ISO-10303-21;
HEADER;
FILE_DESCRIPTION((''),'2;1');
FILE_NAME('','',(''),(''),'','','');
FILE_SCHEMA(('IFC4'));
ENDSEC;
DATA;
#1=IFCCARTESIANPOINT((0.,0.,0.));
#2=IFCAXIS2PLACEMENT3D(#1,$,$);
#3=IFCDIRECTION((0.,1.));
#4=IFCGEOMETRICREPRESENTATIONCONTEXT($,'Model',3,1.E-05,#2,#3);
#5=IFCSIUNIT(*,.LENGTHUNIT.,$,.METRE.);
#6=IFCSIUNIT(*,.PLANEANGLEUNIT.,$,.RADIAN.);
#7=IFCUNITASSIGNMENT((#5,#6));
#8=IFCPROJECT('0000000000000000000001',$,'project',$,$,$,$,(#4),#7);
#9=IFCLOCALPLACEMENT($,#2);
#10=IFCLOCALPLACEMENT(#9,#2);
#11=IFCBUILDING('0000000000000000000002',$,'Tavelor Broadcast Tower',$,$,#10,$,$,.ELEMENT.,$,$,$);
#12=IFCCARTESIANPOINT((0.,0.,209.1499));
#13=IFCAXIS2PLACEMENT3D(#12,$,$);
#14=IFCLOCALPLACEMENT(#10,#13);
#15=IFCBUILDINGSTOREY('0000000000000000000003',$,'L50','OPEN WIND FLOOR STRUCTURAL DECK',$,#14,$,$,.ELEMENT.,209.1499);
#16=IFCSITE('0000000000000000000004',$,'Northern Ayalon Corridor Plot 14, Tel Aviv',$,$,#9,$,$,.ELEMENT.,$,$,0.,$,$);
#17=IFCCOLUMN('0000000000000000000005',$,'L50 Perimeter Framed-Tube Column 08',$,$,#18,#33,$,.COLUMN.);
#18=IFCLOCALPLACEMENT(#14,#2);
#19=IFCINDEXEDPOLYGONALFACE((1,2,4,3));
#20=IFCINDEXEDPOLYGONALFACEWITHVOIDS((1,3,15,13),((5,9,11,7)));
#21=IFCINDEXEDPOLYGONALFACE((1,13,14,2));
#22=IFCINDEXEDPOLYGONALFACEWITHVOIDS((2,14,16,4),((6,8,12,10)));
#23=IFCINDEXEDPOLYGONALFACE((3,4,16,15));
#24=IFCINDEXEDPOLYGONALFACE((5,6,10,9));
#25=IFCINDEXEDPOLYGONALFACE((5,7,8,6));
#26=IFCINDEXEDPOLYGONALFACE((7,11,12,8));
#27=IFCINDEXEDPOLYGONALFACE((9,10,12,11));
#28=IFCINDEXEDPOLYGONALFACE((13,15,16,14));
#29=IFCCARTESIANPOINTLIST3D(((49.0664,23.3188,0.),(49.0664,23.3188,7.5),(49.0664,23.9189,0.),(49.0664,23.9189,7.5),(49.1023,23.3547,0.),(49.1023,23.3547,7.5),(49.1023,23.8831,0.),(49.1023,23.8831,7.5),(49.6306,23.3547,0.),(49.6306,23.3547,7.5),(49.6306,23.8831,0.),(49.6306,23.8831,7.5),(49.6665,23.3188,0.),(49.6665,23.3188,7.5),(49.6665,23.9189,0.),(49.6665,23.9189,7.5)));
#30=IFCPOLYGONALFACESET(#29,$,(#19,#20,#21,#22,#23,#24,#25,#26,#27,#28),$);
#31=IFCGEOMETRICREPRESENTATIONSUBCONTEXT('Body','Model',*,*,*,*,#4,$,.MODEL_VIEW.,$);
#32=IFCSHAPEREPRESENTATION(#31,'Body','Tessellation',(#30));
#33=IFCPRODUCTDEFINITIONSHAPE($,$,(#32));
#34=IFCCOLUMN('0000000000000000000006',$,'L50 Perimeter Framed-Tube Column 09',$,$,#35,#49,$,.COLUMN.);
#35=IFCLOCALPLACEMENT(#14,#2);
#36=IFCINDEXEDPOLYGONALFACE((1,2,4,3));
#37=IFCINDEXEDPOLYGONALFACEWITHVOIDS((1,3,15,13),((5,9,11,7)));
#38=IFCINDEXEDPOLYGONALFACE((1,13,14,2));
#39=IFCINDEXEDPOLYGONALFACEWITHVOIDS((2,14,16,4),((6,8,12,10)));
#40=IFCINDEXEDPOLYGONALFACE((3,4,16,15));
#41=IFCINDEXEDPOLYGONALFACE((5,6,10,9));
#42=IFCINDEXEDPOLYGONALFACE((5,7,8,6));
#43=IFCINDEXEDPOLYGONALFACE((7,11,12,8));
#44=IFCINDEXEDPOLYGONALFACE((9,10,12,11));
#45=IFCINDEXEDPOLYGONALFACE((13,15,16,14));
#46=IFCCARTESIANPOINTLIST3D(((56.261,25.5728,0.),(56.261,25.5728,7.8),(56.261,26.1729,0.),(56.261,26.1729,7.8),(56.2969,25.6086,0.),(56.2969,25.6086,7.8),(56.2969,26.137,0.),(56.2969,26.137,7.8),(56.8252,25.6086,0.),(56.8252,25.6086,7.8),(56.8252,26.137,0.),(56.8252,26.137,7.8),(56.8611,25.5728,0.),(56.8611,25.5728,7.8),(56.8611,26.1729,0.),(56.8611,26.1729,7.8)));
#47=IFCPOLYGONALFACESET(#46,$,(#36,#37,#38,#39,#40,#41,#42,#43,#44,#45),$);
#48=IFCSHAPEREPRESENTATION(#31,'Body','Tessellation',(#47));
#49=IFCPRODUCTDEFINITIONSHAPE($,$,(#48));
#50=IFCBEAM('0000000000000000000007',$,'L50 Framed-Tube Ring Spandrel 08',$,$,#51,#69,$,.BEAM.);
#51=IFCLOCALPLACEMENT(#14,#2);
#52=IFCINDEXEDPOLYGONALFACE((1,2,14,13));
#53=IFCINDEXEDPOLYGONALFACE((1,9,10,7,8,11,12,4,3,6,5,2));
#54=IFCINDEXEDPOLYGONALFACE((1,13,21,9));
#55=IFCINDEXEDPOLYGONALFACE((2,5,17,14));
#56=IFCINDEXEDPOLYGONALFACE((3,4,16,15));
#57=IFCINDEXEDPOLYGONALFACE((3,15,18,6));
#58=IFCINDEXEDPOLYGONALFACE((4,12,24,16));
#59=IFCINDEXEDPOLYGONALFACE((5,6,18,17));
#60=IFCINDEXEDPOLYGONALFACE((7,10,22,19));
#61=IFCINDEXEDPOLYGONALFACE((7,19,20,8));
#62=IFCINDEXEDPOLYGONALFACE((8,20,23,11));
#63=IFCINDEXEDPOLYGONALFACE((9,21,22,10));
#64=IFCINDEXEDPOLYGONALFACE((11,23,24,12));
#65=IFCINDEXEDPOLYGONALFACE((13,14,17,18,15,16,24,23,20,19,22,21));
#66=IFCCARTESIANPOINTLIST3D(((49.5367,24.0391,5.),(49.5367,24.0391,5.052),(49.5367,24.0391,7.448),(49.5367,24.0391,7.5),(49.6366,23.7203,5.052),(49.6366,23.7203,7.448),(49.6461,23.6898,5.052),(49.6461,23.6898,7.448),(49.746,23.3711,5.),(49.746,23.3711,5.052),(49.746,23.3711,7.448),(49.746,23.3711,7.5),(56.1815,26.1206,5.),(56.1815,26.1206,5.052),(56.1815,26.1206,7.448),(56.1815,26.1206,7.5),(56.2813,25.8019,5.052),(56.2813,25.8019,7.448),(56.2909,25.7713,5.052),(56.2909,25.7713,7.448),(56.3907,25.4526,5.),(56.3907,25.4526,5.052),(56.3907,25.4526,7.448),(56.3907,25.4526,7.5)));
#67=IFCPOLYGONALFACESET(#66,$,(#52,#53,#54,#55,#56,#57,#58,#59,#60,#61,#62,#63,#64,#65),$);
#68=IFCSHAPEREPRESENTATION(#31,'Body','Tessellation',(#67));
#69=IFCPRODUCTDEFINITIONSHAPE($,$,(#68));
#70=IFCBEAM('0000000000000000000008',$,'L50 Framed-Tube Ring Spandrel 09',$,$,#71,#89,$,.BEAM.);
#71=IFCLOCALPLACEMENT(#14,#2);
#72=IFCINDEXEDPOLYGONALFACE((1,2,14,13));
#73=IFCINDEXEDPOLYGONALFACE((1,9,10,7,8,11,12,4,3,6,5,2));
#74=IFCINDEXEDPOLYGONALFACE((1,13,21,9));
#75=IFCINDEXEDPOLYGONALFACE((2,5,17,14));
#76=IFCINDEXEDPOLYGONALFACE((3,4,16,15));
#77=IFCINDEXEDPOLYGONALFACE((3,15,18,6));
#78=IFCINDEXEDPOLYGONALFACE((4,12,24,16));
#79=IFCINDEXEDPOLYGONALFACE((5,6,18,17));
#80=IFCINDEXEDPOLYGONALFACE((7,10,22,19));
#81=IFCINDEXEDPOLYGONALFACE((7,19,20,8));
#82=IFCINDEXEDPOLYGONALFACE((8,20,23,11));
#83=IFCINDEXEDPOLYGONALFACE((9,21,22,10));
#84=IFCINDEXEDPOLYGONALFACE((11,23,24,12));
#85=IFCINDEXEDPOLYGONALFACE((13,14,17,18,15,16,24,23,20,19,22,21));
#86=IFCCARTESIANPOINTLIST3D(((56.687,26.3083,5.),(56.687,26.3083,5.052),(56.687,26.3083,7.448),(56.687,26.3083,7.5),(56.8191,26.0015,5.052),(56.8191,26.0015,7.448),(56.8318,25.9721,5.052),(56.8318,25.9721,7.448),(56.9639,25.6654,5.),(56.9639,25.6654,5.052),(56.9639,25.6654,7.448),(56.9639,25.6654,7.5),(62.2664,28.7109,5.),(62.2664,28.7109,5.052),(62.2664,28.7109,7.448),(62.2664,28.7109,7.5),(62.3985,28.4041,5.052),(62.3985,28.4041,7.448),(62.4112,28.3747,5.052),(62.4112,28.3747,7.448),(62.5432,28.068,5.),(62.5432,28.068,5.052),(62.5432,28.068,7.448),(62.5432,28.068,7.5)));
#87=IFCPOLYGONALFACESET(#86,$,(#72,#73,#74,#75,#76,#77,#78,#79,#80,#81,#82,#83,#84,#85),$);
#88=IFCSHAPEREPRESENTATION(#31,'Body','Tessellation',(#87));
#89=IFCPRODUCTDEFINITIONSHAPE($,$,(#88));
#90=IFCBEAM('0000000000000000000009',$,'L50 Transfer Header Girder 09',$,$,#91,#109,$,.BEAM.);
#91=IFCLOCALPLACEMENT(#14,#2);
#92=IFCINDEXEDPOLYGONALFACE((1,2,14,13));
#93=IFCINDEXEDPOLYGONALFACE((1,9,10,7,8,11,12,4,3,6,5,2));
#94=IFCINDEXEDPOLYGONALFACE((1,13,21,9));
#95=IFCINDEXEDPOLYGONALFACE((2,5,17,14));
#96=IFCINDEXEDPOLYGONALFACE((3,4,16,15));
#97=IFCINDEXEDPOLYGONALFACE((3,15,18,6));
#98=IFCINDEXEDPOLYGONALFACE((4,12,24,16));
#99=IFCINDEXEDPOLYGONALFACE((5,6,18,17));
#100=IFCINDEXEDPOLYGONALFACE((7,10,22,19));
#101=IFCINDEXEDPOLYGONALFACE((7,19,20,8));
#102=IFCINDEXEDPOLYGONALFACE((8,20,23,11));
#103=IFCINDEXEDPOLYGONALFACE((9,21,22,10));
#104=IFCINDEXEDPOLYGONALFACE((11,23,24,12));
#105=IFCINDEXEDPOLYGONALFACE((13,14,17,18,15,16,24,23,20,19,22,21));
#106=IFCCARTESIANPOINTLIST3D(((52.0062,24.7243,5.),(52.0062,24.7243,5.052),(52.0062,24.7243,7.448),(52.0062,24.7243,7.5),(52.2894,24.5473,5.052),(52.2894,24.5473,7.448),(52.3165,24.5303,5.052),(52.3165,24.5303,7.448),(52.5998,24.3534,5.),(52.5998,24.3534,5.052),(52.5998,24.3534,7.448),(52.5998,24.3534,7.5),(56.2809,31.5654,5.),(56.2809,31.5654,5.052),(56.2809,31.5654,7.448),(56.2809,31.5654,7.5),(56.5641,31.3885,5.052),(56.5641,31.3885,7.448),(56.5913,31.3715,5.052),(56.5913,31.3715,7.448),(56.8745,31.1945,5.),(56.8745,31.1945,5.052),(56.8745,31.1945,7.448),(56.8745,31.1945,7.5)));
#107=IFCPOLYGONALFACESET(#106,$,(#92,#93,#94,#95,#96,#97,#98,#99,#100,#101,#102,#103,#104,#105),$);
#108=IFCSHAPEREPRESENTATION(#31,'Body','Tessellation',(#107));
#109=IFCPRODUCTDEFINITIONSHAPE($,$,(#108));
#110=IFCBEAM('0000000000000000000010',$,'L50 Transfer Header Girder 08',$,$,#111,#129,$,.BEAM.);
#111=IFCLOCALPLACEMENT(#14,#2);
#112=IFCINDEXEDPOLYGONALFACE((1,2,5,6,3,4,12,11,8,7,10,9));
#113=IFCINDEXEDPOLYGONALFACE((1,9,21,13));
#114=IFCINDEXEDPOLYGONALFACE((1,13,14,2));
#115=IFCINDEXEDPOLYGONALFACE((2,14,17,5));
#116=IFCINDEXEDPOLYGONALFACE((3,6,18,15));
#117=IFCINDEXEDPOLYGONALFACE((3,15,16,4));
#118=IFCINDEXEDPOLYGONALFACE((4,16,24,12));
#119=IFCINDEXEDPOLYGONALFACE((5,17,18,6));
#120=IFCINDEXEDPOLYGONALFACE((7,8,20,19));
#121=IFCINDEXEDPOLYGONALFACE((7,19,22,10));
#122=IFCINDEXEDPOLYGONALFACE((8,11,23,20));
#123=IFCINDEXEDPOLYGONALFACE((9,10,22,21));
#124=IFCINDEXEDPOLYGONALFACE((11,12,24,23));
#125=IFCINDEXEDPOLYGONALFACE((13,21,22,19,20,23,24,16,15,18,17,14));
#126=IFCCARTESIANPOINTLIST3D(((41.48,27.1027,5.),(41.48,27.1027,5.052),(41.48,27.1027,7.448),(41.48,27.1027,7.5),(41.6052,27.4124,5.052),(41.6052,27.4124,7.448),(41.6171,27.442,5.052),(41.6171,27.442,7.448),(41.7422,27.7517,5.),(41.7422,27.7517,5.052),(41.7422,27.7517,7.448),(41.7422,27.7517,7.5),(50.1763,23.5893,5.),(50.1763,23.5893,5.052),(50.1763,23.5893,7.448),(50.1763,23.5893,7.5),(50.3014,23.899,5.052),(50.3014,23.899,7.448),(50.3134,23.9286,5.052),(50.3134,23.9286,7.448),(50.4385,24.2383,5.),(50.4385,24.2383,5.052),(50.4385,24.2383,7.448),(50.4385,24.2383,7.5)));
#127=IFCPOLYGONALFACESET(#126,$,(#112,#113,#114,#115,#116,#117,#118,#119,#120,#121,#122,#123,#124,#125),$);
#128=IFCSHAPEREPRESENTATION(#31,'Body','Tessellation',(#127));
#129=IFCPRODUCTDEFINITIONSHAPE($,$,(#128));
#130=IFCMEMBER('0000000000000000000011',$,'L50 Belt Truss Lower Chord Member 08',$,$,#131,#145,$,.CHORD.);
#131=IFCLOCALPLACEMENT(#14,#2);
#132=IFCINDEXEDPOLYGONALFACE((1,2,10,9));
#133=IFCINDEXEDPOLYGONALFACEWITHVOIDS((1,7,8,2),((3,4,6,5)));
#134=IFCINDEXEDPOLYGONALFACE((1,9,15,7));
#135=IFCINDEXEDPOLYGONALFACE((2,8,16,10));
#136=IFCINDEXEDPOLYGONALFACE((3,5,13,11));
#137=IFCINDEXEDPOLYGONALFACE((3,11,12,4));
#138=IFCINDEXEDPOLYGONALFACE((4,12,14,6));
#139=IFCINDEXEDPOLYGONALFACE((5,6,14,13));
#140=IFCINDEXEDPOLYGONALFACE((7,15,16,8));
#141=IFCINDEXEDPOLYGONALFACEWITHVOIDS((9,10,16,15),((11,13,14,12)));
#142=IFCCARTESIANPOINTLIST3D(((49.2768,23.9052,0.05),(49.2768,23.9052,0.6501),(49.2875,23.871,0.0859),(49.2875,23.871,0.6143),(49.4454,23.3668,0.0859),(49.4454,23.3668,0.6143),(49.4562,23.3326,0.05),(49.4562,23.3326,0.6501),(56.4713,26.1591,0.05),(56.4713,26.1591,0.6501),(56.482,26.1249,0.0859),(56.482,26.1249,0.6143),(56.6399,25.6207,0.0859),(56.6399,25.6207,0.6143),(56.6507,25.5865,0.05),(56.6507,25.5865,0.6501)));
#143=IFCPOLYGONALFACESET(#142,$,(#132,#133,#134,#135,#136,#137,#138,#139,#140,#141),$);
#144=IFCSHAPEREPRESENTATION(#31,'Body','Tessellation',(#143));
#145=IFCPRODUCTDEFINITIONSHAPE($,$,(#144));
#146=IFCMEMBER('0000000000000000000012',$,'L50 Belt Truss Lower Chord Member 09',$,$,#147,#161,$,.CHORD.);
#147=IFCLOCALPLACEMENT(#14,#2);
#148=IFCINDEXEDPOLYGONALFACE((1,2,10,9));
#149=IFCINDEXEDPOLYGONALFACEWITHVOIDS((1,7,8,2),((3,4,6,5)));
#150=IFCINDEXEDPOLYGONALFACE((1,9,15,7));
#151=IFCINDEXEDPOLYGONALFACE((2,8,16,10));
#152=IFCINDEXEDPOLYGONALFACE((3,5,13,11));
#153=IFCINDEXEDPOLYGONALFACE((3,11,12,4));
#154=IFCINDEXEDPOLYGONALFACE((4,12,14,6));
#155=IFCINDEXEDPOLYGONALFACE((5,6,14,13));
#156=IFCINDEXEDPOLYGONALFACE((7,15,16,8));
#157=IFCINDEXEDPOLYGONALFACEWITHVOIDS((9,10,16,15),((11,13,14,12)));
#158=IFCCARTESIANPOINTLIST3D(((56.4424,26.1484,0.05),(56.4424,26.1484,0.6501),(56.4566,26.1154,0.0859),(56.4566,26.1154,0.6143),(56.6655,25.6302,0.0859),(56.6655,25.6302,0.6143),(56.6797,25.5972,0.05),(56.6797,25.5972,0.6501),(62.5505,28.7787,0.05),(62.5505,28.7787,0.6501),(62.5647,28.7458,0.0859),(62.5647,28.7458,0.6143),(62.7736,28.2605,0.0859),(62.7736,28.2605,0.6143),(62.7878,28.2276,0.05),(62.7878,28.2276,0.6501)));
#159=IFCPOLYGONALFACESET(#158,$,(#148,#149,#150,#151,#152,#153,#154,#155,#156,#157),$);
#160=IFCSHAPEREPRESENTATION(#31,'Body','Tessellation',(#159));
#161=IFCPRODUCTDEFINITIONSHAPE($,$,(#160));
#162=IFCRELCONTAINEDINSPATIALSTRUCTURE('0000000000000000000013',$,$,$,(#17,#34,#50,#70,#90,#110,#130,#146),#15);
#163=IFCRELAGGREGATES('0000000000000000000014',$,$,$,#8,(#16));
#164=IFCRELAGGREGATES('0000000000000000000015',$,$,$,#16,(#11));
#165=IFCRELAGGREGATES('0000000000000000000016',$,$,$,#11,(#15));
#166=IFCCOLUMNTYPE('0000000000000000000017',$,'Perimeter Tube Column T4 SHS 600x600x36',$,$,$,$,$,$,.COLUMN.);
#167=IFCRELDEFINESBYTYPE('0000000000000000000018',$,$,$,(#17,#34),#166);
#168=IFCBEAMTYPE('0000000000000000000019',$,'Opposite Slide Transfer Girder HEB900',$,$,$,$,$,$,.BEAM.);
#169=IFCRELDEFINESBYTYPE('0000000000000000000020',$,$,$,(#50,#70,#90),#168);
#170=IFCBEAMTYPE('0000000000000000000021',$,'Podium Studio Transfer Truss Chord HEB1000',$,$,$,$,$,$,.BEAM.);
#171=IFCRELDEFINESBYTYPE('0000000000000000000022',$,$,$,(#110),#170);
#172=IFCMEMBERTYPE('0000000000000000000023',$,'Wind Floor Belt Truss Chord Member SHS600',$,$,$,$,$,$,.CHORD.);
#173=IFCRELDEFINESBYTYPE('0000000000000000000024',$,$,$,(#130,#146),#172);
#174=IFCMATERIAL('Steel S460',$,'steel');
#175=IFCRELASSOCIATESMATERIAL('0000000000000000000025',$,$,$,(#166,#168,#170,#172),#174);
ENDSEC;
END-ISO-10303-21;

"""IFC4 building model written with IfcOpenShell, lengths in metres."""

from ifc_helpers import new_model, si_unit, direction, frame, origin, origin_2d, place, context, subcontext, project, spatial, hollow_rectangle, i_section, extrude, material, material_profile, profile_set, type_object, element, save


model = new_model("IFC4")

# Units and contexts
model_context = context("Model", 3, precision=1e-05, world=origin(), true_north=direction((0.0, 1.0)))
body_context = subcontext(model_context, "Body", "Model", "MODEL_VIEW")
ifc_project = project(units=[si_unit("LENGTHUNIT", "METRE"), si_unit("PLANEANGLEUNIT", "RADIAN")], contexts=[model_context])

# Site, building, storey
site_placement = place(None, origin())
site = spatial("IfcSite", under=ifc_project, at=site_placement, Name="Northern Ayalon Corridor Plot 14, Tel Aviv", CompositionType="ELEMENT", RefElevation=0.0)
building_placement = place(site_placement, origin())
building = spatial("IfcBuilding", under=site, at=building_placement, Name="Tavelor Broadcast Tower", CompositionType="ELEMENT")
storey_placement = place(building_placement, frame((0.0, 0.0, 209.1499)))
storey = spatial("IfcBuildingStorey", under=building, at=storey_placement, Name="L50", Description="OPEN WIND FLOOR STRUCTURAL DECK", CompositionType="ELEMENT", Elevation=209.1499)

# Columns
ifc_material_1 = material(Name="Steel S460", Category="steel")
ifc_material_profile_1 = material_profile(ifc_material_1, hollow_rectangle(XDim=0.6001, YDim=0.6001, WallThickness=0.0359, at=origin_2d()), Name="SHS 600x600x36")
ifc_profile_set_1 = profile_set([ifc_material_profile_1], Name="Steel S460")
column_type = type_object("IfcColumnType", Name="Perimeter Tube Column T4 SHS 600x600x36", PredefinedType="COLUMN", material=ifc_profile_set_1)
column_1_placement = place(storey_placement, frame((49.3665, 23.6189, 0.0), z_axis=(0.0, 0.0, 1.0), x_axis=(1.0, 0.0, 0.0)))
element("IfcColumn", 1, at=column_1_placement, inside=storey, type_object=column_type, Name="L50 Perimeter Framed-Tube Column 08", PredefinedType="COLUMN", context=body_context, shape_type="SweptSolid", body=[
    extrude(hollow_rectangle(XDim=0.6001, YDim=0.6001, WallThickness=0.0359, at=origin_2d()), origin(), (0.0, 0.0, 1.0), 7.5),
])
column_2_placement = place(storey_placement, frame((56.561, 25.8728, 0.0), z_axis=(0.0, 0.0, 1.0), x_axis=(1.0, 0.0, 0.0)))
element("IfcColumn", 2, at=column_2_placement, inside=storey, type_object=column_type, Name="L50 Perimeter Framed-Tube Column 09", PredefinedType="COLUMN", context=body_context, shape_type="SweptSolid", body=[
    extrude(hollow_rectangle(XDim=0.6001, YDim=0.6001, WallThickness=0.0359, at=origin_2d()), origin(), (0.0, 0.0, 1.0), 7.8),
])

# Beams
ifc_material_profile_2 = material_profile(ifc_material_1, i_section(OverallWidth=0.7, OverallDepth=2.5, WebThickness=0.032, FlangeThickness=0.052, at=origin_2d()), Name="PG 2500x700")
ifc_profile_set_2 = profile_set([ifc_material_profile_2], Name="Steel S460")
beam_type_1 = type_object("IfcBeamType", Name="Opposite Slide Transfer Girder HEB900", PredefinedType="BEAM", material=ifc_profile_set_2)
beam_1_placement = place(storey_placement, frame((49.6414, 23.7051, 6.25), z_axis=(0.954273, 0.298936, 0.0), x_axis=(-0.298936, 0.954273, 0.0)))
element("IfcBeam", 3, at=beam_1_placement, inside=storey, type_object=beam_type_1, Name="L50 Framed-Tube Ring Spandrel 08", PredefinedType="BEAM", context=body_context, shape_type="SweptSolid", body=[
    extrude(i_section(OverallWidth=0.7, OverallDepth=2.5, WebThickness=0.032, FlangeThickness=0.052, at=origin_2d()), origin(), (0.0, 0.0, 1.0), 6.9631),
])
beam_2_placement = place(storey_placement, frame((56.8254, 25.9868, 6.25), z_axis=(0.918462, 0.39551, 0.0), x_axis=(-0.39551, 0.918462, 0.0)))
element("IfcBeam", 4, at=beam_2_placement, inside=storey, type_object=beam_type_1, Name="L50 Framed-Tube Ring Spandrel 09", PredefinedType="BEAM", context=body_context, shape_type="SweptSolid", body=[
    extrude(i_section(OverallWidth=0.7, OverallDepth=2.5, WebThickness=0.032, FlangeThickness=0.052, at=origin_2d()), origin(), (0.0, 0.0, 1.0), 6.0747),
])
beam_3_placement = place(storey_placement, frame((52.303, 24.5388, 6.25), z_axis=(0.529909, 0.848054, 0.0), x_axis=(-0.848054, 0.529909, 0.0)))
element("IfcBeam", 5, at=beam_3_placement, inside=storey, type_object=beam_type_1, Name="L50 Transfer Header Girder 09", PredefinedType="BEAM", context=body_context, shape_type="SweptSolid", body=[
    extrude(i_section(OverallWidth=0.7, OverallDepth=2.5, WebThickness=0.032, FlangeThickness=0.052, at=origin_2d()), origin(), (0.0, 0.0, 1.0), 8.0669),
])
ifc_material_profile_3 = material_profile(ifc_material_1, i_section(OverallWidth=0.7, OverallDepth=2.5, WebThickness=0.032, FlangeThickness=0.052, at=origin_2d()), Name="PG 2500x700")
ifc_profile_set_3 = profile_set([ifc_material_profile_3], Name="Steel S460")
beam_type_2 = type_object("IfcBeamType", Name="Podium Studio Transfer Truss Chord HEB1000", PredefinedType="BEAM", material=ifc_profile_set_3)
beam_4_placement = place(storey_placement, frame((50.3074, 23.9138, 6.25), z_axis=(-0.927188, 0.374597, 0.0), x_axis=(-0.374597, -0.927188, 0.0)))
element("IfcBeam", 6, at=beam_4_placement, inside=storey, type_object=beam_type_2, Name="L50 Transfer Header Girder 08", PredefinedType="BEAM", context=body_context, shape_type="SweptSolid", body=[
    extrude(i_section(OverallWidth=0.7, OverallDepth=2.5, WebThickness=0.032, FlangeThickness=0.052, at=origin_2d()), origin(), (0.0, 0.0, 1.0), 9.3792),
])

# Members
ifc_material_profile_4 = material_profile(ifc_material_1, hollow_rectangle(XDim=0.6001, YDim=0.6001, WallThickness=0.0359, at=origin_2d()), Name="SHS 600x600x36")
ifc_profile_set_4 = profile_set([ifc_material_profile_4], Name="Steel S460")
member_type_1 = type_object("IfcMemberType", Name="Wind Floor Belt Truss Chord Member SHS600", PredefinedType="CHORD", material=ifc_profile_set_4)
member_1_placement = place(storey_placement, frame((49.3665, 23.6189, 0.3501), z_axis=(0.954268, 0.298952, 0.0), x_axis=(-0.298952, 0.954268, 0.0)))
element("IfcMember", 7, at=member_1_placement, inside=storey, type_object=member_type_1, Name="L50 Belt Truss Lower Chord Member 08", PredefinedType="CHORD", context=body_context, shape_type="SweptSolid", body=[
    extrude(hollow_rectangle(XDim=0.6001, YDim=0.6001, WallThickness=0.0359, at=origin_2d()), origin(), (0.0, 0.0, 1.0), 7.5393),
])
member_2_placement = place(storey_placement, frame((56.561, 25.8728, 0.3501), z_axis=(0.918458, 0.395518, 0.0), x_axis=(-0.395518, 0.918458, 0.0)))
element("IfcMember", 8, at=member_2_placement, inside=storey, type_object=member_type_1, Name="L50 Belt Truss Lower Chord Member 09", PredefinedType="CHORD", context=body_context, shape_type="SweptSolid", body=[
    extrude(hollow_rectangle(XDim=0.6001, YDim=0.6001, WallThickness=0.0359, at=origin_2d()), origin(), (0.0, 0.0, 1.0), 6.6504),
])

save(model, "model.ifc")
